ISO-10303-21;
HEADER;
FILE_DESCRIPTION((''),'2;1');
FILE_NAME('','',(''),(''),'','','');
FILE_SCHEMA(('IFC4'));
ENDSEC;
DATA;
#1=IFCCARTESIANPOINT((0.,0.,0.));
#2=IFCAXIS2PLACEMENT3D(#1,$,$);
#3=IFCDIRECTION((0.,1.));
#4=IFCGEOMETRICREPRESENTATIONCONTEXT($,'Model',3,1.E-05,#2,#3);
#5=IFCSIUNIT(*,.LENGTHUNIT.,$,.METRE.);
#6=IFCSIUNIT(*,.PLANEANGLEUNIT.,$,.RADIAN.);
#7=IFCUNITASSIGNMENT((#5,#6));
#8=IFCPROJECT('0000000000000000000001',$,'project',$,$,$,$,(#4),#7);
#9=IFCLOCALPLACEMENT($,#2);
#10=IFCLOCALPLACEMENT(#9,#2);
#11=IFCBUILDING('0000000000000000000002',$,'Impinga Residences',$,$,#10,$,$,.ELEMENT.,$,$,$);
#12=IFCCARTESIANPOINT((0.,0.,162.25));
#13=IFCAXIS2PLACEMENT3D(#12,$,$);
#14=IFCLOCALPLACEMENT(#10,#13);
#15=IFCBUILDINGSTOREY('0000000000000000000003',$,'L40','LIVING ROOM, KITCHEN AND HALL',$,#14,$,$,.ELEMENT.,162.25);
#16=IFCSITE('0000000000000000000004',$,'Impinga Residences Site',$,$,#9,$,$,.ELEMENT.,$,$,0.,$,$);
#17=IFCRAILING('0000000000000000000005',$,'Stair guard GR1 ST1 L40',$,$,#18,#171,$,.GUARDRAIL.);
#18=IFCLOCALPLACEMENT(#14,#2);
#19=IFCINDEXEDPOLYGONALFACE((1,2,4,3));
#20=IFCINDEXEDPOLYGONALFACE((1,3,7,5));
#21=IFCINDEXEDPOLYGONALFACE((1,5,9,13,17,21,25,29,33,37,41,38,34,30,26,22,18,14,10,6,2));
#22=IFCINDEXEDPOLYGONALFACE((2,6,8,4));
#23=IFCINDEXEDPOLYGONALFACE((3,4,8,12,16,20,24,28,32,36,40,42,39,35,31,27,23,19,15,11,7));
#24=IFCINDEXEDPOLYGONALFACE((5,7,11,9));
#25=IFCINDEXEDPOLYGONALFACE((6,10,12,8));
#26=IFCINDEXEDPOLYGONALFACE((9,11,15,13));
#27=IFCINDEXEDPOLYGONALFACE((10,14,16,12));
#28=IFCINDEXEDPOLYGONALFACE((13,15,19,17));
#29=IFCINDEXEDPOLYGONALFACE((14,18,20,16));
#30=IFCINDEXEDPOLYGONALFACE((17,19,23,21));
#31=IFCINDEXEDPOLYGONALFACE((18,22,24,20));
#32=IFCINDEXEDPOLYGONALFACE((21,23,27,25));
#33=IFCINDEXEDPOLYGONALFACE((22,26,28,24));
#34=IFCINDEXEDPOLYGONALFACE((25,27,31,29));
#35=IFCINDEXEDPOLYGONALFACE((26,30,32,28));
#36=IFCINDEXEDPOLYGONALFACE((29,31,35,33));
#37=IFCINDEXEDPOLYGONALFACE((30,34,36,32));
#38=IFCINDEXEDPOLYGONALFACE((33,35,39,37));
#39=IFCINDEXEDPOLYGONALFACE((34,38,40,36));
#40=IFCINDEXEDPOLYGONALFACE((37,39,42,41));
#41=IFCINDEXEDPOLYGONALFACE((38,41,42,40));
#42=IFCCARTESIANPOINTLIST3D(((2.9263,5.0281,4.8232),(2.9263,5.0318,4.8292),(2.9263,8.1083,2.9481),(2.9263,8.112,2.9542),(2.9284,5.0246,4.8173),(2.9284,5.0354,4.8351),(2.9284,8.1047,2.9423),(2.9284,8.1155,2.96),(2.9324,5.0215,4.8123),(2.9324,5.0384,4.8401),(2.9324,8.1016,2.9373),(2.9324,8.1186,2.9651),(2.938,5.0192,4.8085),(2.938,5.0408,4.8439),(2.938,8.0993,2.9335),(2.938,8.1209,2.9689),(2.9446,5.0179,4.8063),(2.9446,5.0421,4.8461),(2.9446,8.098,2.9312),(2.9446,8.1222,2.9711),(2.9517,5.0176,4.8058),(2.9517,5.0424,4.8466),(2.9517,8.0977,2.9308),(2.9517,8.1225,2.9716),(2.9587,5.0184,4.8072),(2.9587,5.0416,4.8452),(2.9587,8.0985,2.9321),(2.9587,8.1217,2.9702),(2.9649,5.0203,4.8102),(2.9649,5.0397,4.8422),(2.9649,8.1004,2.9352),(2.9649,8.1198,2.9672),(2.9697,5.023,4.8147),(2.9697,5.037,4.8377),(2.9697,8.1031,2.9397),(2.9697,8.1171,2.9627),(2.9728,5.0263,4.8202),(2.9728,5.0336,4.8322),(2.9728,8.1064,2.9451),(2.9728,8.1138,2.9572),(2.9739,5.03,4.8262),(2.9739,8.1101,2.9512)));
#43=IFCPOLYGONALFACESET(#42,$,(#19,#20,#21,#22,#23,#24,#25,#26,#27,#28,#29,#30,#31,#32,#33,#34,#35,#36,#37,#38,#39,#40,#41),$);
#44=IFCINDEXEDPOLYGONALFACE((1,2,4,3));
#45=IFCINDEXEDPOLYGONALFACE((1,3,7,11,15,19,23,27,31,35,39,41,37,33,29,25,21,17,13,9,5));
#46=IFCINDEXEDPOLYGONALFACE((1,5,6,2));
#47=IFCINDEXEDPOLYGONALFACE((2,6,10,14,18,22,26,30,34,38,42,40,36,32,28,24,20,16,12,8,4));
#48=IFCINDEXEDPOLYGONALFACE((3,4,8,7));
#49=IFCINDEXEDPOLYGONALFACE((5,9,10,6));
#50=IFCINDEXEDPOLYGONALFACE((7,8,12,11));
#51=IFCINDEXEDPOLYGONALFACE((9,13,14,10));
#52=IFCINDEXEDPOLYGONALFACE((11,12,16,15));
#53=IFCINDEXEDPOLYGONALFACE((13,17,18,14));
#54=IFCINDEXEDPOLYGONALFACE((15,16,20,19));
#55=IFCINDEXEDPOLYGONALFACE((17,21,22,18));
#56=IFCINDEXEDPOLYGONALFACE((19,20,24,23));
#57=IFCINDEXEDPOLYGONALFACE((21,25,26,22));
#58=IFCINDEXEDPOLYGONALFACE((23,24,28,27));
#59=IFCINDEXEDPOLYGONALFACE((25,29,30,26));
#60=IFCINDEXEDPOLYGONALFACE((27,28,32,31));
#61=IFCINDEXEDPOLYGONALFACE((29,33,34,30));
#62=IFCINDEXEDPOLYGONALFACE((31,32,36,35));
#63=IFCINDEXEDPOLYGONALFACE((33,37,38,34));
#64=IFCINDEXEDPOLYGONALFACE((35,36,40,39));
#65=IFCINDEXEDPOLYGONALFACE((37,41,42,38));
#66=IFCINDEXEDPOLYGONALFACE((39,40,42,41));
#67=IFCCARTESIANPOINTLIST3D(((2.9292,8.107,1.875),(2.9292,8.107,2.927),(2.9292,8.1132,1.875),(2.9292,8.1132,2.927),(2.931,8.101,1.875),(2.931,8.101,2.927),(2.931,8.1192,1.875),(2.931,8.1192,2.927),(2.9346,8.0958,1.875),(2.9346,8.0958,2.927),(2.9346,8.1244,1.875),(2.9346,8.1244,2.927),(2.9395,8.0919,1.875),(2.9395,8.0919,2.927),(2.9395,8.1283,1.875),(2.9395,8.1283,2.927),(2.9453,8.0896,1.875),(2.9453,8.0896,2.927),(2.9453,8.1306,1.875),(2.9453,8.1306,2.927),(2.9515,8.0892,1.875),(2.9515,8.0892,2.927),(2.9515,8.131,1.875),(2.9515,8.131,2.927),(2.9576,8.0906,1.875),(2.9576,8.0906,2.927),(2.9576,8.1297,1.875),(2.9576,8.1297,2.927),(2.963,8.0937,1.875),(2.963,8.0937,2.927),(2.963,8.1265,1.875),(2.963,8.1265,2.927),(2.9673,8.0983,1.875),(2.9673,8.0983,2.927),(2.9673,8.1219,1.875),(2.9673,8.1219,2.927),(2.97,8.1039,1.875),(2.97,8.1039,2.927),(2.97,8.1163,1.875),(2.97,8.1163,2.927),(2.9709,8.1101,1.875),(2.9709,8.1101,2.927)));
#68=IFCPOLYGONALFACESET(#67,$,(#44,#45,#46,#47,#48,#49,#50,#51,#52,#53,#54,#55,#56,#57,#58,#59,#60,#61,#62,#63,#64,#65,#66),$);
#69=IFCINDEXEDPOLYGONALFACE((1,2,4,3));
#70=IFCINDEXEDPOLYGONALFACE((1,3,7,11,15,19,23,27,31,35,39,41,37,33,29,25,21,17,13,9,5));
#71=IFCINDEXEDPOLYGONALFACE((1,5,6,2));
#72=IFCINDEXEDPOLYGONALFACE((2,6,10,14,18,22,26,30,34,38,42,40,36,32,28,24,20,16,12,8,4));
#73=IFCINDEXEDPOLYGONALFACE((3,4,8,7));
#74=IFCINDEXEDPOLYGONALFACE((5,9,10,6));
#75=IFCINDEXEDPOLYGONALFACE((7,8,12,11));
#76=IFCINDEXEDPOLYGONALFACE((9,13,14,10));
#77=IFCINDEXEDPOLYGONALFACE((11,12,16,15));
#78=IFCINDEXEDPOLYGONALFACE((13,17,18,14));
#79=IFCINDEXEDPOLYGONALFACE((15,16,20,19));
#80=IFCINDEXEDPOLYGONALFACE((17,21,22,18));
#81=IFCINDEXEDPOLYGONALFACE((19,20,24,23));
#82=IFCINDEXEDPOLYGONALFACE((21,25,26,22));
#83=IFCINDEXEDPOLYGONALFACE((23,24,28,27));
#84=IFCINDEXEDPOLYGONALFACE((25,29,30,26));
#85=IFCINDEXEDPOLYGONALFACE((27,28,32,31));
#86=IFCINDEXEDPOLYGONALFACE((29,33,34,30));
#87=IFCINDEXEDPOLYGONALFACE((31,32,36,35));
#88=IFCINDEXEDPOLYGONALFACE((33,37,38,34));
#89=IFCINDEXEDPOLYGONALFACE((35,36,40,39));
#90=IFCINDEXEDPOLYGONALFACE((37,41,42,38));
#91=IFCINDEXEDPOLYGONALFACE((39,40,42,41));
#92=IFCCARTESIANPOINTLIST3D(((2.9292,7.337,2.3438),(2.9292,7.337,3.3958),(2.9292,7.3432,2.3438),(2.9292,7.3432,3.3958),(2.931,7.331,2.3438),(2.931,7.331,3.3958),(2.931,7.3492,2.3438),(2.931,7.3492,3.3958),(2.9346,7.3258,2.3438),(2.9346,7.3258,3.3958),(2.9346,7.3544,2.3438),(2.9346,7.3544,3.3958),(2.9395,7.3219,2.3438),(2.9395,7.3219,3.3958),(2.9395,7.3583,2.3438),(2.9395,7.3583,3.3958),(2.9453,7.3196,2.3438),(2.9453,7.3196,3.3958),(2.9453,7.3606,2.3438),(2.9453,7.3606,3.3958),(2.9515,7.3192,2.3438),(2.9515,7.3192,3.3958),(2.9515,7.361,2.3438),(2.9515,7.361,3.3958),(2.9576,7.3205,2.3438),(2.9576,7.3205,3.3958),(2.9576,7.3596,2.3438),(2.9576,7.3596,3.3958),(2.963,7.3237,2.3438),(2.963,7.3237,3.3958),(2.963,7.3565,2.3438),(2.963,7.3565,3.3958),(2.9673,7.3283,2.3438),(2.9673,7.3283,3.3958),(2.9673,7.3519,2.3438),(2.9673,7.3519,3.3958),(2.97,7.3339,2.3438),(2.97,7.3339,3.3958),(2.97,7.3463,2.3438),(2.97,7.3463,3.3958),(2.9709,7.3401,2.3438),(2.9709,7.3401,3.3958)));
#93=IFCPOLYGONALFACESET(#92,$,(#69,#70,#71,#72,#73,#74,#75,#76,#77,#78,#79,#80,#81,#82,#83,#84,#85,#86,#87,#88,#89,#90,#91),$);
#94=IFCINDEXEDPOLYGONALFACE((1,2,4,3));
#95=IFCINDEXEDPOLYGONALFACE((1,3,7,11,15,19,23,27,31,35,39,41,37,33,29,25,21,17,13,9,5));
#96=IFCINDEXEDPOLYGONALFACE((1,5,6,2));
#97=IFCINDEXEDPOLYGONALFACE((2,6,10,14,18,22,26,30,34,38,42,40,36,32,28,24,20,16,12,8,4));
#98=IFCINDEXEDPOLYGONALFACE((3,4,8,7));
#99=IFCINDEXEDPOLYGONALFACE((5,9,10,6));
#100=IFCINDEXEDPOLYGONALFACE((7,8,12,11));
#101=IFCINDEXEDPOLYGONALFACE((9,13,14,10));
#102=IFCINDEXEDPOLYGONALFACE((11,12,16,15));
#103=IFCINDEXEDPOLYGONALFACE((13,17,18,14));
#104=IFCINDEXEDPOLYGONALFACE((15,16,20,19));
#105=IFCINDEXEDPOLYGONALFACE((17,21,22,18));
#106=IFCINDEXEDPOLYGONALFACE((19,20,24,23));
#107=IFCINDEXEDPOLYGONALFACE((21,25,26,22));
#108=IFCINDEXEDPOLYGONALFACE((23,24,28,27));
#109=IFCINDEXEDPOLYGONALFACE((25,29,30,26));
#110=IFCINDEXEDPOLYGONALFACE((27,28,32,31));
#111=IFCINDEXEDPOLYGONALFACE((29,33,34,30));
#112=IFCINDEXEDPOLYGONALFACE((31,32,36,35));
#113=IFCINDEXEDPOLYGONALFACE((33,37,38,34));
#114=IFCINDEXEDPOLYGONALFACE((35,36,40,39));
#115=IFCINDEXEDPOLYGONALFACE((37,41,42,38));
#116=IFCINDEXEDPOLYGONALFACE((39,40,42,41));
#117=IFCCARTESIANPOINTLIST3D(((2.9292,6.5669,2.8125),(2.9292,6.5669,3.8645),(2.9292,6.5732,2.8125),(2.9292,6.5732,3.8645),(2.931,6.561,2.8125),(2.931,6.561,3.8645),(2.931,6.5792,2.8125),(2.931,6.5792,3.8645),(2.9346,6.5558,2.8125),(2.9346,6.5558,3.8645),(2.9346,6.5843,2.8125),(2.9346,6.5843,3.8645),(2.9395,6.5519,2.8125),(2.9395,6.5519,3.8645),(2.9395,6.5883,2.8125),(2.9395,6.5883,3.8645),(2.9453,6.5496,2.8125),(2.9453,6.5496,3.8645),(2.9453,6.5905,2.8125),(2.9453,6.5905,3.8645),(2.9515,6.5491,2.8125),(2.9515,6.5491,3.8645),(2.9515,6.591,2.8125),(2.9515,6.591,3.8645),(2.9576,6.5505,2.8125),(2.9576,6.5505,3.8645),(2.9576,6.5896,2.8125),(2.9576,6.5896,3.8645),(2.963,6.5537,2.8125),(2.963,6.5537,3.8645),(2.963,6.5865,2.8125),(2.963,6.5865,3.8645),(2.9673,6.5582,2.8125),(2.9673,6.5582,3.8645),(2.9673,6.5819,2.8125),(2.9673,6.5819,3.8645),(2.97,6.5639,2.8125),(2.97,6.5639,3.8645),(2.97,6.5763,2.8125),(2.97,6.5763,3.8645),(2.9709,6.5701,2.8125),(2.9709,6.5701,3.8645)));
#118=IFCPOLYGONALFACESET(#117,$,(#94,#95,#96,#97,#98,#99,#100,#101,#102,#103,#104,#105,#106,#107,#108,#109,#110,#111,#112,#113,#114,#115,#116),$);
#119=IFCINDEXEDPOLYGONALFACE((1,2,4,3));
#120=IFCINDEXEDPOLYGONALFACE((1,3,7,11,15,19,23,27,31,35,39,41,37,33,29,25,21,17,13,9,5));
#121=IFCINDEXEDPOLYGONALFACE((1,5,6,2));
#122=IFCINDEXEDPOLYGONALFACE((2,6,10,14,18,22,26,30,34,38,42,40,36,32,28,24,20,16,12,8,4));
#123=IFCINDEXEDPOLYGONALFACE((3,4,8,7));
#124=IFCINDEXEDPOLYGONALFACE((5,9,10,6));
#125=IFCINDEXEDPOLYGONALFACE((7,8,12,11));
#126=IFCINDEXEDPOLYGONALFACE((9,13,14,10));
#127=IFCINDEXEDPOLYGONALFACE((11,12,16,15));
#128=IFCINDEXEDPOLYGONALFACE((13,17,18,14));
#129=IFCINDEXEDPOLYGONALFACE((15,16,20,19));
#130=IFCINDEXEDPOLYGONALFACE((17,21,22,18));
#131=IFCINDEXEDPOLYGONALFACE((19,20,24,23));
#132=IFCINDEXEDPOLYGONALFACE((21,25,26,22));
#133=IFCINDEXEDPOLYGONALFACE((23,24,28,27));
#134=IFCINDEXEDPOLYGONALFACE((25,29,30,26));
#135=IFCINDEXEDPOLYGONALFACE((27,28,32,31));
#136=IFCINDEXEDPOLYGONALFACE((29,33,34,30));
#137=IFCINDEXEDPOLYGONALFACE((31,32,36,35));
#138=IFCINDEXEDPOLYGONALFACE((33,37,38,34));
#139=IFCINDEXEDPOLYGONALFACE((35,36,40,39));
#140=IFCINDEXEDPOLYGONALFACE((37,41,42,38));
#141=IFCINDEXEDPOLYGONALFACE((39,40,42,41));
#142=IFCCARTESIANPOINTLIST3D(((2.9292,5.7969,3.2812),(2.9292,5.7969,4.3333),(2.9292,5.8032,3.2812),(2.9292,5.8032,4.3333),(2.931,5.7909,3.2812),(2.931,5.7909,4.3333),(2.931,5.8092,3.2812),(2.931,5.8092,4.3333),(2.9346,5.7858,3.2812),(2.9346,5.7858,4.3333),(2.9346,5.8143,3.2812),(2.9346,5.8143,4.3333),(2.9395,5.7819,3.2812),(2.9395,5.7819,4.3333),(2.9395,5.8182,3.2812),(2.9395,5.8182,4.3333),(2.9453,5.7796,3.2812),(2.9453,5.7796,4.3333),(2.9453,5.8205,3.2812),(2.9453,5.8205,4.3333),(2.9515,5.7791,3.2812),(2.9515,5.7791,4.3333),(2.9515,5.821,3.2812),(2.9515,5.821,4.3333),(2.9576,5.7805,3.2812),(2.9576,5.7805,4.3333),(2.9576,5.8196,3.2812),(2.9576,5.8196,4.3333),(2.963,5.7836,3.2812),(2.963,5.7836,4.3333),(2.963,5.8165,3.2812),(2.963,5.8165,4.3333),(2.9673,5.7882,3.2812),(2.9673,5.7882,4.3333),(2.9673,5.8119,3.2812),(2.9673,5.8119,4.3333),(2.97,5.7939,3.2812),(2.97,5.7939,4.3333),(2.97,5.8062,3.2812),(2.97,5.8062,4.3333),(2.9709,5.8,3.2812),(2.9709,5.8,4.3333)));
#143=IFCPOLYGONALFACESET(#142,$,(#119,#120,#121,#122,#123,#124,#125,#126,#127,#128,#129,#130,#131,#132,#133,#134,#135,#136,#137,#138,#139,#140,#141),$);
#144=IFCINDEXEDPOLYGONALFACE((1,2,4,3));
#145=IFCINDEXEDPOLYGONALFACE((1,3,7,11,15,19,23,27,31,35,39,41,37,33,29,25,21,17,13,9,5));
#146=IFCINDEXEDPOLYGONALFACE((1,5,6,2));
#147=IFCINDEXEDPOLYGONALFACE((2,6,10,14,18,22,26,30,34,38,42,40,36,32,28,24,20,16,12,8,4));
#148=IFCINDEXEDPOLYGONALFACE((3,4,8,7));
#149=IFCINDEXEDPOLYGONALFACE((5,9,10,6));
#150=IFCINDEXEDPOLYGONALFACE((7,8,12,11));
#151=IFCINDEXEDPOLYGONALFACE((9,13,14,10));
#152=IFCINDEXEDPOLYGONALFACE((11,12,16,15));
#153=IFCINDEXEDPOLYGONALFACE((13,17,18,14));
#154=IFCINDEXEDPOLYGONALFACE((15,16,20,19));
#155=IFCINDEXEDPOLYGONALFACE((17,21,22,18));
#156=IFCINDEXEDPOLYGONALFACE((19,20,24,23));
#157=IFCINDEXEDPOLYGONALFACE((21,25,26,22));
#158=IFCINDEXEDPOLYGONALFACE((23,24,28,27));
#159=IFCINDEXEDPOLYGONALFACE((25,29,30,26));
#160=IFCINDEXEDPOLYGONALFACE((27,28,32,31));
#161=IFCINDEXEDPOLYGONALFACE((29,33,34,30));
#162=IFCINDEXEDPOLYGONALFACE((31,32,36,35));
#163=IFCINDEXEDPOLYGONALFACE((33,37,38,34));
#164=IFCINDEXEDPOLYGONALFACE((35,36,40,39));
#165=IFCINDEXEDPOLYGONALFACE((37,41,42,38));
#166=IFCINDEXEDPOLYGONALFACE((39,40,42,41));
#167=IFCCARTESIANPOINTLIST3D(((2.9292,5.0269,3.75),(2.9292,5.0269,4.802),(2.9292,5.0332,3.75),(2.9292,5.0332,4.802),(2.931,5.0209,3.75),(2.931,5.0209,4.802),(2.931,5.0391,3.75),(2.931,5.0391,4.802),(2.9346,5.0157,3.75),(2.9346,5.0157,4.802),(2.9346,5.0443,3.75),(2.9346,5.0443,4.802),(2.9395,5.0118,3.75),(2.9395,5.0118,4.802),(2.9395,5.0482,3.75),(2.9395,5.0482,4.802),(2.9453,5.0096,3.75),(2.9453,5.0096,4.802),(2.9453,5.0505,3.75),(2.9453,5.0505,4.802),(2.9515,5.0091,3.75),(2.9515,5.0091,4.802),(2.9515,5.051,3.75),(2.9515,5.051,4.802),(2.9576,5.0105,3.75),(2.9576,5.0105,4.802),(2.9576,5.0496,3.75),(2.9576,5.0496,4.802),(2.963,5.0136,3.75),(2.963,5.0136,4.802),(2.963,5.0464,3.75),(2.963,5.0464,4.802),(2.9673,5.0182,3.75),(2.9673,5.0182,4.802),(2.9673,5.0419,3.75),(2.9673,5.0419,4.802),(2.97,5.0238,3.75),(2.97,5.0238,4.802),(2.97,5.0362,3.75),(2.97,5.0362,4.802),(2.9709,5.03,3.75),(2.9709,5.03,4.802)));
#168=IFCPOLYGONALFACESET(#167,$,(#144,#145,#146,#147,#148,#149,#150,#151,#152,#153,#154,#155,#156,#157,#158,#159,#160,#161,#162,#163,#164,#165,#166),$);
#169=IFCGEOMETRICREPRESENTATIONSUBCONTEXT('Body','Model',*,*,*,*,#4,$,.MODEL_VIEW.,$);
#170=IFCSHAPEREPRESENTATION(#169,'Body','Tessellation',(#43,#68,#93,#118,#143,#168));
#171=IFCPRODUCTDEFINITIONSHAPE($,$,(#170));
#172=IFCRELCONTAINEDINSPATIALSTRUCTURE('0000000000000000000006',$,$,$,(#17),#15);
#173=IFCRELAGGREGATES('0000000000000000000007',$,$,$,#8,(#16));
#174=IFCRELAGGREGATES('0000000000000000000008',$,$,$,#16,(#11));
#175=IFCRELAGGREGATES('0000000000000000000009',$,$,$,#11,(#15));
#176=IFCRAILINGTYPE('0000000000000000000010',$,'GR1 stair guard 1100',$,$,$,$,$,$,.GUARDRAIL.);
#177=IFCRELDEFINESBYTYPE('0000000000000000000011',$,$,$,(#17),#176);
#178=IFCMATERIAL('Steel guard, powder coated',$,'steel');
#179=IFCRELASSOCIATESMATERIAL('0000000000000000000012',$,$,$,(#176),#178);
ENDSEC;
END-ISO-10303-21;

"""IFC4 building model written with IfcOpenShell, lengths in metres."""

from ifc_helpers import new_model, si_unit, direction, frame, origin, origin_2d, place, context, subcontext, project, spatial, circle, extrude, material, type_object, element, save


model = new_model("IFC4")

# Units and contexts
model_context = context("Model", 3, precision=1e-05, world=origin(), true_north=direction((0.0, 1.0)))
body_context = subcontext(model_context, "Body", "Model", "MODEL_VIEW")
ifc_project = project(units=[si_unit("LENGTHUNIT", "METRE"), si_unit("PLANEANGLEUNIT", "RADIAN")], contexts=[model_context])

# Site, building, storey
site_placement = place(None, origin())
site = spatial("IfcSite", under=ifc_project, at=site_placement, Name="Impinga Residences Site", CompositionType="ELEMENT", RefElevation=0.0)
building_placement = place(site_placement, origin())
building = spatial("IfcBuilding", under=site, at=building_placement, Name="Impinga Residences", CompositionType="ELEMENT")
storey_placement = place(building_placement, frame((0.0, 0.0, 162.25)))
storey = spatial("IfcBuildingStorey", under=building, at=storey_placement, Name="L40", Description="LIVING ROOM, KITCHEN AND HALL", CompositionType="ELEMENT", Elevation=162.25)

# Railing
ifc_material_1 = material(Name="Steel guard, powder coated", Category="steel")
railing_type_1 = type_object("IfcRailingType", Name="GR1 stair guard 1100", PredefinedType="GUARDRAIL", material=ifc_material_1)
railing_1_placement = place(storey_placement, frame((2.95, 8.1101, 1.875)))
element("IfcRailing", 1, at=railing_1_placement, inside=storey, type_object=railing_type_1, Name="Stair guard GR1 ST1 L40", PredefinedType="GUARDRAIL", context=body_context, shape_type="SweptSolid", body=[
    extrude(circle(Radius=0.0239, at=origin_2d()), frame((0.0, 0.0, 1.0762), z_axis=(0.0, -0.854178, 0.519981), x_axis=(1.0, 0.0, 0.0)), (0.0, 0.0, 1.0), 3.606),
    extrude(circle(Radius=0.021, at=origin_2d()), origin(), (0.0, 0.0, 1.0), 1.052),
    extrude(circle(Radius=0.021, at=origin_2d()), frame((0.0, -0.77, 0.4688)), (0.0, 0.0, 1.0), 1.052),
    extrude(circle(Radius=0.021, at=origin_2d()), frame((0.0, -1.54, 0.9375)), (0.0, 0.0, 1.0), 1.052),
    extrude(circle(Radius=0.021, at=origin_2d()), frame((0.0, -2.3101, 1.4062)), (0.0, 0.0, 1.0), 1.052),
    extrude(circle(Radius=0.021, at=origin_2d()), frame((0.0, -3.0801, 1.875)), (0.0, 0.0, 1.0), 1.052),
])

save(model, "model.ifc")
